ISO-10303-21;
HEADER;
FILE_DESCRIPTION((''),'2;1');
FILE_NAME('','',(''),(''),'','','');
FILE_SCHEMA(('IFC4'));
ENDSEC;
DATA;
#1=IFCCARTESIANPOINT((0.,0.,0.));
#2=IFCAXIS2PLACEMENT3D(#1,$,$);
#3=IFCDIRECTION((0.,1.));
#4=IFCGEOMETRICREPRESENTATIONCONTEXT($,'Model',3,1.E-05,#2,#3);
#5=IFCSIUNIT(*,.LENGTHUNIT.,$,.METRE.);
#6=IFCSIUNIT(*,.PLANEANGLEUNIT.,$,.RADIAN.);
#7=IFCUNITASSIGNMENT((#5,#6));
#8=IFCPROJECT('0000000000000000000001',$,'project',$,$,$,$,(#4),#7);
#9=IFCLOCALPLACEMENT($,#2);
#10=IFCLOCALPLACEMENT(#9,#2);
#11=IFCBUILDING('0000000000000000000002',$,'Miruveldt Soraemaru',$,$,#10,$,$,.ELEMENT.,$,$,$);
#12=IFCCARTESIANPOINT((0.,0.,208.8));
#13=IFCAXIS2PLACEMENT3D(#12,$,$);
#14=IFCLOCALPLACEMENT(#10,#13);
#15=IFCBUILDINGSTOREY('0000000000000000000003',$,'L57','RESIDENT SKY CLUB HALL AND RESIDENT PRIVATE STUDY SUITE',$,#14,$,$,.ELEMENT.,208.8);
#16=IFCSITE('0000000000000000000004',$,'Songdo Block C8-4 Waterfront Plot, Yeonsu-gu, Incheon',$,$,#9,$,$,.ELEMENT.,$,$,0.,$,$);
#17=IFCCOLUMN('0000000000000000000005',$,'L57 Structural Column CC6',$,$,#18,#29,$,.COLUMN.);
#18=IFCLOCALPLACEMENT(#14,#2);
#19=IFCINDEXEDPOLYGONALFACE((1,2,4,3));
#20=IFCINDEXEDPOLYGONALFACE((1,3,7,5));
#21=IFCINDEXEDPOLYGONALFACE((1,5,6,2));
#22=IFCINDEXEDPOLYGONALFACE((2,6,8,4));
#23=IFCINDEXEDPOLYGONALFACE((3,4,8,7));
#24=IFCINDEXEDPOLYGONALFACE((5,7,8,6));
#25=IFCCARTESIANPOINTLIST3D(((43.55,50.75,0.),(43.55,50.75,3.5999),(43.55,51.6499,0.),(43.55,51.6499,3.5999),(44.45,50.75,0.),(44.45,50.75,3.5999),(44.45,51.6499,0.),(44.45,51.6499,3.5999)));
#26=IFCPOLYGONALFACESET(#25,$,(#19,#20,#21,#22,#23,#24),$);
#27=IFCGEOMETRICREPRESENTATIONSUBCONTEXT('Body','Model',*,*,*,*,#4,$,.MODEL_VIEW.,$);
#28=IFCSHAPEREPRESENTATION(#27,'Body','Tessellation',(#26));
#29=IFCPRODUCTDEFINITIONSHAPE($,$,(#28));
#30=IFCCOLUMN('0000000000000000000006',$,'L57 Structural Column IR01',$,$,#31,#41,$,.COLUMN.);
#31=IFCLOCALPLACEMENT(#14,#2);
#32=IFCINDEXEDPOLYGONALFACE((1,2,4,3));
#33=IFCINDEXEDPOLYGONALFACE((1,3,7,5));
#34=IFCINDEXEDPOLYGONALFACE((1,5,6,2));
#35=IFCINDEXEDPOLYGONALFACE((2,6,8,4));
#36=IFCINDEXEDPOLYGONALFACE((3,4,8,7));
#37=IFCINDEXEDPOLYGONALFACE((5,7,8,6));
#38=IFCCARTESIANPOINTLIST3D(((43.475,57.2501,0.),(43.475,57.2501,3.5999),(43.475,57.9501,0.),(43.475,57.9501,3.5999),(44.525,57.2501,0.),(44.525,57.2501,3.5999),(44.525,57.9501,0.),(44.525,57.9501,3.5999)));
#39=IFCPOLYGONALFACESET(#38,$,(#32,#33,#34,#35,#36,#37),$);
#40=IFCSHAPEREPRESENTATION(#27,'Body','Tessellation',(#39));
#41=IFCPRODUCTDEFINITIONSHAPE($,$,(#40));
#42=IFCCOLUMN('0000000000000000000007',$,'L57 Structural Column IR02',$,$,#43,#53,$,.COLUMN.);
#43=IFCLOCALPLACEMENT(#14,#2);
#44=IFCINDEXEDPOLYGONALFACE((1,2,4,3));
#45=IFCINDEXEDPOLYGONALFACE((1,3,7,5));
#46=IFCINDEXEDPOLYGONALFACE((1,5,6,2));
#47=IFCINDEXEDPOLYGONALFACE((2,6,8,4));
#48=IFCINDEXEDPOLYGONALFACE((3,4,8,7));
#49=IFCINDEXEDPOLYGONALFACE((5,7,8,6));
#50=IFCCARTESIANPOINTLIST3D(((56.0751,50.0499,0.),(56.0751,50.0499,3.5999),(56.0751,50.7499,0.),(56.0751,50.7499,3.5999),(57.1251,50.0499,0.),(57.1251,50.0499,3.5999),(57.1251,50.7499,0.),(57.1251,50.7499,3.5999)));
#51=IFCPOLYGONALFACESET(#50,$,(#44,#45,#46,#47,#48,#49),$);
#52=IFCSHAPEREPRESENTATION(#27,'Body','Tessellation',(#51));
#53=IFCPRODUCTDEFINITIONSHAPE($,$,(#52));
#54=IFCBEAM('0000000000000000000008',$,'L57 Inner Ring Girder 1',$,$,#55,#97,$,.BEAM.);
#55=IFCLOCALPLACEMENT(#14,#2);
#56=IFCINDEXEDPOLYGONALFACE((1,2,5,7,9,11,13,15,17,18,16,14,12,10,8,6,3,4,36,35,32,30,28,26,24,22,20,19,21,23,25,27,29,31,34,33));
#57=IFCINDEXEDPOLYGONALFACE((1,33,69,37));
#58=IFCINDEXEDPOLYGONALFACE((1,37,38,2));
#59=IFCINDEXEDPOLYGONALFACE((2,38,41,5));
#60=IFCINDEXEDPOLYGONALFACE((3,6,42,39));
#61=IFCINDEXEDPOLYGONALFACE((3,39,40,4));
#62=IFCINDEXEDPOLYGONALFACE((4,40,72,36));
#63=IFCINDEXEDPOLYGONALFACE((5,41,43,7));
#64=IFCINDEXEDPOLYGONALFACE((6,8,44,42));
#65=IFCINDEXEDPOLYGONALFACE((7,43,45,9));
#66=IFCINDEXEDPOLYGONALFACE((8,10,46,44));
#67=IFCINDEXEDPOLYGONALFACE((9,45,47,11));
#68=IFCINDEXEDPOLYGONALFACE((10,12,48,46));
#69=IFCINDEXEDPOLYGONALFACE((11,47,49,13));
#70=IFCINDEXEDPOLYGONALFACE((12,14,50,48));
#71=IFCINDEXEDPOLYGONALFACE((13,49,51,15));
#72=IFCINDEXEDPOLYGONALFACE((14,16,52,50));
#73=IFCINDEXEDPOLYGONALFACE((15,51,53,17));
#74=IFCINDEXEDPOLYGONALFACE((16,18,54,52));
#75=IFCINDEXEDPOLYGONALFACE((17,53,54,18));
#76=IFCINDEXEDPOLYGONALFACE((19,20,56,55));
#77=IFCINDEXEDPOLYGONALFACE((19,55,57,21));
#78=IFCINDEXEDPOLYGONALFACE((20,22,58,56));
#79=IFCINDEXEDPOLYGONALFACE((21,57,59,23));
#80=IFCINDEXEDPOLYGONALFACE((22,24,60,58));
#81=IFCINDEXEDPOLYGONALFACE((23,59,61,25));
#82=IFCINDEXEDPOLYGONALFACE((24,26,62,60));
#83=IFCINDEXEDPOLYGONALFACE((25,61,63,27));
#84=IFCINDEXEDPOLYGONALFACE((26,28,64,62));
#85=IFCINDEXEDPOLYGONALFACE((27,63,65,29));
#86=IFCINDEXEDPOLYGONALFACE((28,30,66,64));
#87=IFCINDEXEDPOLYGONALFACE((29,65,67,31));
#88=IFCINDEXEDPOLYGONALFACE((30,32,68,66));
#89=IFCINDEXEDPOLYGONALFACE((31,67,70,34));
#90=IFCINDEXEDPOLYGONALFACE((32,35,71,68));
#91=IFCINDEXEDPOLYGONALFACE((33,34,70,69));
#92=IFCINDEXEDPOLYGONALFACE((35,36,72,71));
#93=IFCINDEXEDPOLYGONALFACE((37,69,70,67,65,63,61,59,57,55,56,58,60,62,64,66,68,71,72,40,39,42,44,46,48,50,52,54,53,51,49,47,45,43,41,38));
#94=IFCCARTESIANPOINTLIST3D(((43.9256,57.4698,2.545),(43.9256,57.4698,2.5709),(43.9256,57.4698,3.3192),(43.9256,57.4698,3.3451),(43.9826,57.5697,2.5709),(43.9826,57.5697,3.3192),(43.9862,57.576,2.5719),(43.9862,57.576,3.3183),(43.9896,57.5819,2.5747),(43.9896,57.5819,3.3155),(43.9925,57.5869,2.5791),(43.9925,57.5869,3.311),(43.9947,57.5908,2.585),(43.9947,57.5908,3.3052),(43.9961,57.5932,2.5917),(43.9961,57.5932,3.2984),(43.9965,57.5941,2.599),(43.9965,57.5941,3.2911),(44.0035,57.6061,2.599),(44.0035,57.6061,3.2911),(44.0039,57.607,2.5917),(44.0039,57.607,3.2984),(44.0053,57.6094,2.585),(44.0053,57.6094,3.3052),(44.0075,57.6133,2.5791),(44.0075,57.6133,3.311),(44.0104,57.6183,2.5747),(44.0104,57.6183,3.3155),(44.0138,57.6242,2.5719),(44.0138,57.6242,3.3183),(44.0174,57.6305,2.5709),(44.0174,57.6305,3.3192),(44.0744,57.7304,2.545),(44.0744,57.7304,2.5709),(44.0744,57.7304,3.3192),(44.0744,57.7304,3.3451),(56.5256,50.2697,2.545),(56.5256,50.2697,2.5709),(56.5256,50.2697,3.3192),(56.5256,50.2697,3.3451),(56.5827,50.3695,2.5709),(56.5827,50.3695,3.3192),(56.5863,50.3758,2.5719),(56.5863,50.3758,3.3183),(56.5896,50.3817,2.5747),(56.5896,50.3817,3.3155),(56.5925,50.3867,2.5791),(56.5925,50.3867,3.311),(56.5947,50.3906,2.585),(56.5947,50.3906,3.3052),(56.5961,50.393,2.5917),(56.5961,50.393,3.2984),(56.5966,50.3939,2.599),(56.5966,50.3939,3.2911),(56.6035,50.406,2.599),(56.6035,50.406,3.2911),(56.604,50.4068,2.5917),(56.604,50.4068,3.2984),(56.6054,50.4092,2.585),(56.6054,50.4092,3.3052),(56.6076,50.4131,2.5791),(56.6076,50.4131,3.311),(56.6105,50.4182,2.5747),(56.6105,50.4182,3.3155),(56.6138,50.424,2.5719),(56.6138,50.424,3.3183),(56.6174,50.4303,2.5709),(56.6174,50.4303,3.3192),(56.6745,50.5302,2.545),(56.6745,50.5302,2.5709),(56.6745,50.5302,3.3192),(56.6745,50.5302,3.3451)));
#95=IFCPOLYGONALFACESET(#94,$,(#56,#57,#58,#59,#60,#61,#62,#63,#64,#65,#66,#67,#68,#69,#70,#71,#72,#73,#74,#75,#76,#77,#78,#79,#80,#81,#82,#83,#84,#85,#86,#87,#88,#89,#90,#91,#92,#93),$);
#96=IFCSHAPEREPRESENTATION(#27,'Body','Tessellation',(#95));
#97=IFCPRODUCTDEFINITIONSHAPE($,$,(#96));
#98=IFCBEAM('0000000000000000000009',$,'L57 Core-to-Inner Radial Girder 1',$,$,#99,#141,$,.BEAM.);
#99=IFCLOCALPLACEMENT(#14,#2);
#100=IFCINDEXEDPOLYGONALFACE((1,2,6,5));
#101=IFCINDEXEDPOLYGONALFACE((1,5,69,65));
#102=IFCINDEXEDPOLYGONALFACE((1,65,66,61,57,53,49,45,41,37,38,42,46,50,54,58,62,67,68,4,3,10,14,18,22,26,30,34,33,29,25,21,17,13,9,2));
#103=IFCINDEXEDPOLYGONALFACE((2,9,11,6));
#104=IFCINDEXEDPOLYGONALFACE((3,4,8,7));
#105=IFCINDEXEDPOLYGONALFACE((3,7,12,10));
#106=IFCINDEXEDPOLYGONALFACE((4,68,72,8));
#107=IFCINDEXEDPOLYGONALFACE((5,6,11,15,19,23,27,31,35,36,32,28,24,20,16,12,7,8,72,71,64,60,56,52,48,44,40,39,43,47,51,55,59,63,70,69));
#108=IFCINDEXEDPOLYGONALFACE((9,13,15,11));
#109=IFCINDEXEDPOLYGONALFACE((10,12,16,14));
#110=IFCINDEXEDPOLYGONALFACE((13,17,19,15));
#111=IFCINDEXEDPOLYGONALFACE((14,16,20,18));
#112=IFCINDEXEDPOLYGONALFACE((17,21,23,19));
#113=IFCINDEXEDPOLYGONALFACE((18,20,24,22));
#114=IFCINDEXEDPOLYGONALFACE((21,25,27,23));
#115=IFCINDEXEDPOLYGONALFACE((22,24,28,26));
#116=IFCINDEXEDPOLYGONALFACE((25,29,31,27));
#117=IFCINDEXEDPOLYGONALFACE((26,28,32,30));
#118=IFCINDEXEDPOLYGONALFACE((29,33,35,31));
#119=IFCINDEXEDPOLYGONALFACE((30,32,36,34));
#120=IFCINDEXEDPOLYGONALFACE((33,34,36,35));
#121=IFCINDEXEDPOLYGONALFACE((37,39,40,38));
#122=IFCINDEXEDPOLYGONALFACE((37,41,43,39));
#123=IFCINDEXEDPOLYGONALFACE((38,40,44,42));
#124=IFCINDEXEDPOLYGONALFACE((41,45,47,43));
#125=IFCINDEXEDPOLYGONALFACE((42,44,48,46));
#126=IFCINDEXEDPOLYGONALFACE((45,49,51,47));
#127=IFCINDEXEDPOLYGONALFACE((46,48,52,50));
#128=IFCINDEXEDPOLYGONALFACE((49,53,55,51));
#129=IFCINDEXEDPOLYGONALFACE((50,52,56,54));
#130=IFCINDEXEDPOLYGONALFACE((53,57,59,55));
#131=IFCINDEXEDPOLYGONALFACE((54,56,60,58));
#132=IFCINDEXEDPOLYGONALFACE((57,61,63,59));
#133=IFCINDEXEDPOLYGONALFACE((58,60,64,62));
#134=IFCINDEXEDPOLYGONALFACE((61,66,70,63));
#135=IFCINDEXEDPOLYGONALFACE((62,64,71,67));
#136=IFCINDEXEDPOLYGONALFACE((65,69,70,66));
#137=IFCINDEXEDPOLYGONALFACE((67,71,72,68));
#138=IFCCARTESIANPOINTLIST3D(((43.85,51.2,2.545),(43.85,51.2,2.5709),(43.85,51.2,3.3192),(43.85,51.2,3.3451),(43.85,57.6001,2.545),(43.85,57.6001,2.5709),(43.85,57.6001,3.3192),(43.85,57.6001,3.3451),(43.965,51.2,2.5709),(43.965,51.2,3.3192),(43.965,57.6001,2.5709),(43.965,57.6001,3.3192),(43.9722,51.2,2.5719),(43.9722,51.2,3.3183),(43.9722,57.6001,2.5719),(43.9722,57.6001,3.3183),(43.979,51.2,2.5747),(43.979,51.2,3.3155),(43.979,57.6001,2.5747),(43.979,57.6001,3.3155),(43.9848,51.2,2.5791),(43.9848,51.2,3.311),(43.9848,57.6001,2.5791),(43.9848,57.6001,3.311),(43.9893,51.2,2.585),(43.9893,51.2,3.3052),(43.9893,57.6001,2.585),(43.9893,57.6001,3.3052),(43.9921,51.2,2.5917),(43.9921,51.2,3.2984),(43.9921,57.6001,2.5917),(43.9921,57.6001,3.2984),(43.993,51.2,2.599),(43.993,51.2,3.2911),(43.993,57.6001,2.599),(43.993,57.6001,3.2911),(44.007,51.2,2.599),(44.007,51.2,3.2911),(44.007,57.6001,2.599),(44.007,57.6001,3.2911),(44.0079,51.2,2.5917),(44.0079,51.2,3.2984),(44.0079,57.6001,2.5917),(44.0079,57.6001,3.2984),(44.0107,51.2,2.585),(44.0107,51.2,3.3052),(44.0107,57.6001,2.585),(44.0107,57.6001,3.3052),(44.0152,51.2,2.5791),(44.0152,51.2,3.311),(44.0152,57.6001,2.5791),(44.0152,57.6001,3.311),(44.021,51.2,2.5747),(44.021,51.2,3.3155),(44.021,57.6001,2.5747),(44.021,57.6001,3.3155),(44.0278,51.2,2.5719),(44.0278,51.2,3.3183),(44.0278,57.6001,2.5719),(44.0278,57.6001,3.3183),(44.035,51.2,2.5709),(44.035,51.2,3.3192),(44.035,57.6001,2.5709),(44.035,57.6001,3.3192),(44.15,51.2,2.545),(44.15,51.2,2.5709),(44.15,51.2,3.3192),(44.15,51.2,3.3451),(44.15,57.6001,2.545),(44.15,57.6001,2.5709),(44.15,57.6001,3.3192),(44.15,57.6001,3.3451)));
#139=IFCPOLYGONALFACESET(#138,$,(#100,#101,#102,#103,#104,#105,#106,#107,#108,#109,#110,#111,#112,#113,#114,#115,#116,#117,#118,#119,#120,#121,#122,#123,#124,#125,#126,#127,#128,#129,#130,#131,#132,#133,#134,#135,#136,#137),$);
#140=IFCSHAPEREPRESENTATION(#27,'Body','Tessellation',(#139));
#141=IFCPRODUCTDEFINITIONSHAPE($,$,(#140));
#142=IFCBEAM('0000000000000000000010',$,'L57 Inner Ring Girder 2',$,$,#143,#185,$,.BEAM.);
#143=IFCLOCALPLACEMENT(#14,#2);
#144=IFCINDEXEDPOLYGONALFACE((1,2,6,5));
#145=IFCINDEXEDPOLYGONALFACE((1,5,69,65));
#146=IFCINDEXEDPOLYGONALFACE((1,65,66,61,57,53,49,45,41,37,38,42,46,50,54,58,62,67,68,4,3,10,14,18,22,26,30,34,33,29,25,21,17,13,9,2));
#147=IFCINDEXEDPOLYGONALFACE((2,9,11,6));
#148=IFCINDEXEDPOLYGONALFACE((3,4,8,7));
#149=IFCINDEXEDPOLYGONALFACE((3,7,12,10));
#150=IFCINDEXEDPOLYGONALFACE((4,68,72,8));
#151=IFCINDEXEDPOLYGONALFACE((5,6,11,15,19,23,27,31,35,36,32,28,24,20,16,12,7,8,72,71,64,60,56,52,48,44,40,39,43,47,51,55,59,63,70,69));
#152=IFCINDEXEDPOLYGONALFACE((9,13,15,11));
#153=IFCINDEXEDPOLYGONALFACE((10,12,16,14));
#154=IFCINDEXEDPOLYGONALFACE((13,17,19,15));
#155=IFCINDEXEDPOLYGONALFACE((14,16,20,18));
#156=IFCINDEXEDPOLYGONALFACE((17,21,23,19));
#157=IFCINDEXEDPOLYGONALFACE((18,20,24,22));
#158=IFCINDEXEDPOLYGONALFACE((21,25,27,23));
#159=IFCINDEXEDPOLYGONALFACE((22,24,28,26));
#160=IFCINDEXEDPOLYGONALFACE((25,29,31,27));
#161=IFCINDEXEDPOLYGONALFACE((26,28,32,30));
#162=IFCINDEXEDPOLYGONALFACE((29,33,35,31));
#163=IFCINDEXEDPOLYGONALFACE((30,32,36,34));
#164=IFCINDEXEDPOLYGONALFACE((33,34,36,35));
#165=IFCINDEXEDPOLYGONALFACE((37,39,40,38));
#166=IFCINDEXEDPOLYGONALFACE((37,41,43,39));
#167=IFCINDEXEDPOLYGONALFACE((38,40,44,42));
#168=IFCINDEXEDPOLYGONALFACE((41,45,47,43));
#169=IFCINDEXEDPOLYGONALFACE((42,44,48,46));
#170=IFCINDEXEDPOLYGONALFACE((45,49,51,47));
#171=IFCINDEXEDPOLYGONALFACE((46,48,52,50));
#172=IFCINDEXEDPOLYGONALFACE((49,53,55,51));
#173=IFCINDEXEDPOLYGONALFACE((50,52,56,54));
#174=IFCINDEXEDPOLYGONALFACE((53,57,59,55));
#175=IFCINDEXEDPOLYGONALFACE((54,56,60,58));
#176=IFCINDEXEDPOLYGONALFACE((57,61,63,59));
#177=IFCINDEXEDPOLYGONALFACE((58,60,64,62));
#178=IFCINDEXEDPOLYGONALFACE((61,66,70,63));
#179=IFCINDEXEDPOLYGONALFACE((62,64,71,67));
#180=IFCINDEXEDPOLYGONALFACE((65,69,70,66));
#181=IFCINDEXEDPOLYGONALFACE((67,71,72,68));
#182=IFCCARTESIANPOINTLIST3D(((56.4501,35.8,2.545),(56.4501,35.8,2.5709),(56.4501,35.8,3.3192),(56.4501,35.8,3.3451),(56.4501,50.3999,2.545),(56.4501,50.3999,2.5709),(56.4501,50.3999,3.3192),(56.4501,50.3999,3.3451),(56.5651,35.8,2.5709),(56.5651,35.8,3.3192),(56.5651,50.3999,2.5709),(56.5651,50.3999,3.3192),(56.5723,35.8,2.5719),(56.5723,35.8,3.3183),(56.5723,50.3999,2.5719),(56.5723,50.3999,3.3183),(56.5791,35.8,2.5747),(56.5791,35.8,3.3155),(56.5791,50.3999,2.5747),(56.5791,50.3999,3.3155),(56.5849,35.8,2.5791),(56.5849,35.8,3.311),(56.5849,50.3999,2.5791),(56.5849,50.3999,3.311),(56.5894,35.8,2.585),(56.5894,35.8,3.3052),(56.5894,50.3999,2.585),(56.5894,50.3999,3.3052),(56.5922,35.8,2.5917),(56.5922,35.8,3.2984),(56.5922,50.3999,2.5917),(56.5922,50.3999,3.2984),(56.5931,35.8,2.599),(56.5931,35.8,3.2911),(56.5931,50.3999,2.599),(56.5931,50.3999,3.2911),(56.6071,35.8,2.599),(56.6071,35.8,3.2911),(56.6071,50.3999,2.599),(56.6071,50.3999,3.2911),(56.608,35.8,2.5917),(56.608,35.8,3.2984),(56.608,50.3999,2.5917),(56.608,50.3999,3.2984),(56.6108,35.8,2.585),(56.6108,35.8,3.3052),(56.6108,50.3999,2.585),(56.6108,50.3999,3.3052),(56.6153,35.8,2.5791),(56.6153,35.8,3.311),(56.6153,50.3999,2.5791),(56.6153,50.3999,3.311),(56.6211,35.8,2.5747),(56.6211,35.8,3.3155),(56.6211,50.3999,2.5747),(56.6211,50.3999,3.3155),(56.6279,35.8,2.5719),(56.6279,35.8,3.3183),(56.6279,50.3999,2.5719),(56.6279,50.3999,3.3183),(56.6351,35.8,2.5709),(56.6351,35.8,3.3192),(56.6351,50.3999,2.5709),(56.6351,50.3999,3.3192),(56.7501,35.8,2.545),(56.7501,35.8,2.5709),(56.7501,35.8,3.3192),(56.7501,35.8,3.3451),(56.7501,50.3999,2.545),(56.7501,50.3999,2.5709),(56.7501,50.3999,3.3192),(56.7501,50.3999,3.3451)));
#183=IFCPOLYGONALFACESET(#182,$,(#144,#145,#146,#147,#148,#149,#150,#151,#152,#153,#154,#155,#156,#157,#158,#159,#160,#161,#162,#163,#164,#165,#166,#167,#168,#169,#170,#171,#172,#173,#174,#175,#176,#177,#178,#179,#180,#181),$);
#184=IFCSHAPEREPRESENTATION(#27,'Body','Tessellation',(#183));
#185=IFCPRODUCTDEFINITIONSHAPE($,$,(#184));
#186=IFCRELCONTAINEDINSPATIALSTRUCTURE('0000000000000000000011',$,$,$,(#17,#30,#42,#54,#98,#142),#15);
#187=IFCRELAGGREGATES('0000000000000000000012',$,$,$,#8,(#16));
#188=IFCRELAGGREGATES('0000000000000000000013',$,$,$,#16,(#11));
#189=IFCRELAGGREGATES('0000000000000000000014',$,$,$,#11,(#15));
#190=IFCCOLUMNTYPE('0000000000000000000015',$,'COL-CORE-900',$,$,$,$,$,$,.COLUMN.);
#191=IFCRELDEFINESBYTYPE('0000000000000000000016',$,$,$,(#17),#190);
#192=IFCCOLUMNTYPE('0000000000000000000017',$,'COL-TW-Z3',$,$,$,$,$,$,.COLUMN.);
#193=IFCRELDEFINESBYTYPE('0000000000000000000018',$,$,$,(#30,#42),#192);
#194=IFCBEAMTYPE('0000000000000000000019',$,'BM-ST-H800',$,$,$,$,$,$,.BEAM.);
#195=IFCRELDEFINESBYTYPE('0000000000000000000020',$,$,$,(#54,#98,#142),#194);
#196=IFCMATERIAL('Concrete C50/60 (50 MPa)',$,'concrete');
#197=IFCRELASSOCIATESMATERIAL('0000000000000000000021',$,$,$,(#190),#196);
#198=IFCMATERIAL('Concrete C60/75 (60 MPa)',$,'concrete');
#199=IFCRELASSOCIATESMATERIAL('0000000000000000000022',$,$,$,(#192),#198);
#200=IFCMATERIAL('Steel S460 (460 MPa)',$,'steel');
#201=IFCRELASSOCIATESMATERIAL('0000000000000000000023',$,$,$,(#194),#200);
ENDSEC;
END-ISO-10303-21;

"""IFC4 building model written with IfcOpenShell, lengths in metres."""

from ifc_helpers import new_model, si_unit, direction, frame, origin, origin_2d, place, context, subcontext, project, spatial, rectangle, i_section, extrude, material, material_profile, profile_set, type_object, element, save


model = new_model("IFC4")

# Units and contexts
model_context = context("Model", 3, precision=1e-05, world=origin(), true_north=direction((0.0, 1.0)))
body_context = subcontext(model_context, "Body", "Model", "MODEL_VIEW")
ifc_project = project(units=[si_unit("LENGTHUNIT", "METRE"), si_unit("PLANEANGLEUNIT", "RADIAN")], contexts=[model_context])

# Site, building, storey
site_placement = place(None, origin())
site = spatial("IfcSite", under=ifc_project, at=site_placement, Name="Songdo Block C8-4 Waterfront Plot, Yeonsu-gu, Incheon", CompositionType="ELEMENT", RefElevation=0.0)
building_placement = place(site_placement, origin())
building = spatial("IfcBuilding", under=site, at=building_placement, Name="Miruveldt Soraemaru", CompositionType="ELEMENT")
storey_placement = place(building_placement, frame((0.0, 0.0, 208.8)))
storey = spatial("IfcBuildingStorey", under=building, at=storey_placement, Name="L57", Description="RESIDENT SKY CLUB HALL AND RESIDENT PRIVATE STUDY SUITE", CompositionType="ELEMENT", Elevation=208.8)

# Columns
ifc_material_1 = material(Name="Concrete C50/60 (50 MPa)", Category="concrete")
ifc_material_profile_1 = material_profile(ifc_material_1, rectangle(XDim=0.8999, YDim=0.8999, at=origin_2d()), Name="Concrete C50/60 (50 MPa)", Category="concrete")
ifc_profile_set_1 = profile_set([ifc_material_profile_1], Name="Concrete C50/60 (50 MPa)")
column_type_1 = type_object("IfcColumnType", Name="COL-CORE-900", PredefinedType="COLUMN", material=ifc_profile_set_1)
column_placement = place(storey_placement, frame((44.0, 51.2, 0.0), z_axis=(0.0, 0.0, 1.0), x_axis=(1.0, 0.0, 0.0)))
element("IfcColumn", 1, at=column_placement, inside=storey, type_object=column_type_1, Name="L57 Structural Column CC6", PredefinedType="COLUMN", context=body_context, shape_type="SweptSolid", body=[
    extrude(rectangle(XDim=0.8999, YDim=0.8999, at=origin_2d()), origin(), (0.0, 0.0, 1.0), 3.5999),
])
ifc_material_2 = material(Name="Concrete C60/75 (60 MPa)", Category="concrete")
ifc_material_profile_2 = material_profile(ifc_material_2, rectangle(XDim=1.05, YDim=0.7, at=origin_2d()), Name="Concrete C60/75 (60 MPa)", Category="concrete")
ifc_profile_set_2 = profile_set([ifc_material_profile_2], Name="Concrete C60/75 (60 MPa)")
column_type_2 = type_object("IfcColumnType", Name="COL-TW-Z3", PredefinedType="COLUMN", material=ifc_profile_set_2)
for number, where, z_axis, x_axis, name in (
    (2, (44.0, 57.6001, 0.0), (0.0, 0.0, 1.0), (1.0, 0.0, 0.0), "L57 Structural Column IR01"),
    (3, (56.6001, 50.3999, 0.0), (0.0, 0.0, 1.0), (1.0, 0.0, 0.0), "L57 Structural Column IR02"),
):
    element("IfcColumn", number, at=place(storey_placement, frame(where, z_axis=z_axis, x_axis=x_axis)), inside=storey, type_object=column_type_2, Name=name, PredefinedType="COLUMN", context=body_context, shape_type="SweptSolid", body=[
        extrude(rectangle(XDim=1.05, YDim=0.7, at=origin_2d()), origin(), (0.0, 0.0, 1.0), 3.5999),
    ])

# Beams
ifc_material_3 = material(Name="Steel S460 (460 MPa)", Category="steel")
ifc_material_profile_3 = material_profile(ifc_material_3, i_section(OverallWidth=0.3, OverallDepth=0.8, WebThickness=0.0139, FlangeThickness=0.0259, FilletRadius=0.0281, at=origin_2d()), Name="Steel S460 (460 MPa)", Category="steel")
ifc_profile_set_3 = profile_set([ifc_material_profile_3], Name="Steel S460 (460 MPa)")
beam_type = type_object("IfcBeamType", Name="BM-ST-H800", PredefinedType="BEAM", material=ifc_profile_set_3)
beam_1_placement = place(storey_placement, frame((44.0, 57.6001, 2.9451), z_axis=(0.868239, -0.496146, 0.0), x_axis=(0.496146, 0.868239, 0.0)))
element("IfcBeam", 4, at=beam_1_placement, inside=storey, type_object=beam_type, Name="L57 Inner Ring Girder 1", PredefinedType="BEAM", context=body_context, shape_type="SweptSolid", body=[
    extrude(i_section(OverallWidth=0.3, OverallDepth=0.8, WebThickness=0.0139, FlangeThickness=0.0259, FilletRadius=0.0281, at=origin_2d()), origin(), (0.0, 0.0, 1.0), 14.5122),
])
beam_2_placement = place(storey_placement, frame((44.0, 51.2, 2.9451), z_axis=(0.0, 1.0, 0.0), x_axis=(-1.0, 0.0, 0.0)))
element("IfcBeam", 5, at=beam_2_placement, inside=storey, type_object=beam_type, Name="L57 Core-to-Inner Radial Girder 1", PredefinedType="BEAM", context=body_context, shape_type="SweptSolid", body=[
    extrude(i_section(OverallWidth=0.3, OverallDepth=0.8, WebThickness=0.0139, FlangeThickness=0.0259, FilletRadius=0.0281, at=origin_2d()), origin(), (0.0, 0.0, 1.0), 6.4001),
])
beam_3_placement = place(storey_placement, frame((56.6001, 50.3999, 2.9451), z_axis=(0.0, -1.0, 0.0), x_axis=(1.0, 0.0, 0.0)))
element("IfcBeam", 6, at=beam_3_placement, inside=storey, type_object=beam_type, Name="L57 Inner Ring Girder 2", PredefinedType="BEAM", context=body_context, shape_type="SweptSolid", body=[
    extrude(i_section(OverallWidth=0.3, OverallDepth=0.8, WebThickness=0.0139, FlangeThickness=0.0259, FilletRadius=0.0281, at=origin_2d()), origin(), (0.0, 0.0, 1.0), 14.5999),
])

save(model, "model.ifc")
